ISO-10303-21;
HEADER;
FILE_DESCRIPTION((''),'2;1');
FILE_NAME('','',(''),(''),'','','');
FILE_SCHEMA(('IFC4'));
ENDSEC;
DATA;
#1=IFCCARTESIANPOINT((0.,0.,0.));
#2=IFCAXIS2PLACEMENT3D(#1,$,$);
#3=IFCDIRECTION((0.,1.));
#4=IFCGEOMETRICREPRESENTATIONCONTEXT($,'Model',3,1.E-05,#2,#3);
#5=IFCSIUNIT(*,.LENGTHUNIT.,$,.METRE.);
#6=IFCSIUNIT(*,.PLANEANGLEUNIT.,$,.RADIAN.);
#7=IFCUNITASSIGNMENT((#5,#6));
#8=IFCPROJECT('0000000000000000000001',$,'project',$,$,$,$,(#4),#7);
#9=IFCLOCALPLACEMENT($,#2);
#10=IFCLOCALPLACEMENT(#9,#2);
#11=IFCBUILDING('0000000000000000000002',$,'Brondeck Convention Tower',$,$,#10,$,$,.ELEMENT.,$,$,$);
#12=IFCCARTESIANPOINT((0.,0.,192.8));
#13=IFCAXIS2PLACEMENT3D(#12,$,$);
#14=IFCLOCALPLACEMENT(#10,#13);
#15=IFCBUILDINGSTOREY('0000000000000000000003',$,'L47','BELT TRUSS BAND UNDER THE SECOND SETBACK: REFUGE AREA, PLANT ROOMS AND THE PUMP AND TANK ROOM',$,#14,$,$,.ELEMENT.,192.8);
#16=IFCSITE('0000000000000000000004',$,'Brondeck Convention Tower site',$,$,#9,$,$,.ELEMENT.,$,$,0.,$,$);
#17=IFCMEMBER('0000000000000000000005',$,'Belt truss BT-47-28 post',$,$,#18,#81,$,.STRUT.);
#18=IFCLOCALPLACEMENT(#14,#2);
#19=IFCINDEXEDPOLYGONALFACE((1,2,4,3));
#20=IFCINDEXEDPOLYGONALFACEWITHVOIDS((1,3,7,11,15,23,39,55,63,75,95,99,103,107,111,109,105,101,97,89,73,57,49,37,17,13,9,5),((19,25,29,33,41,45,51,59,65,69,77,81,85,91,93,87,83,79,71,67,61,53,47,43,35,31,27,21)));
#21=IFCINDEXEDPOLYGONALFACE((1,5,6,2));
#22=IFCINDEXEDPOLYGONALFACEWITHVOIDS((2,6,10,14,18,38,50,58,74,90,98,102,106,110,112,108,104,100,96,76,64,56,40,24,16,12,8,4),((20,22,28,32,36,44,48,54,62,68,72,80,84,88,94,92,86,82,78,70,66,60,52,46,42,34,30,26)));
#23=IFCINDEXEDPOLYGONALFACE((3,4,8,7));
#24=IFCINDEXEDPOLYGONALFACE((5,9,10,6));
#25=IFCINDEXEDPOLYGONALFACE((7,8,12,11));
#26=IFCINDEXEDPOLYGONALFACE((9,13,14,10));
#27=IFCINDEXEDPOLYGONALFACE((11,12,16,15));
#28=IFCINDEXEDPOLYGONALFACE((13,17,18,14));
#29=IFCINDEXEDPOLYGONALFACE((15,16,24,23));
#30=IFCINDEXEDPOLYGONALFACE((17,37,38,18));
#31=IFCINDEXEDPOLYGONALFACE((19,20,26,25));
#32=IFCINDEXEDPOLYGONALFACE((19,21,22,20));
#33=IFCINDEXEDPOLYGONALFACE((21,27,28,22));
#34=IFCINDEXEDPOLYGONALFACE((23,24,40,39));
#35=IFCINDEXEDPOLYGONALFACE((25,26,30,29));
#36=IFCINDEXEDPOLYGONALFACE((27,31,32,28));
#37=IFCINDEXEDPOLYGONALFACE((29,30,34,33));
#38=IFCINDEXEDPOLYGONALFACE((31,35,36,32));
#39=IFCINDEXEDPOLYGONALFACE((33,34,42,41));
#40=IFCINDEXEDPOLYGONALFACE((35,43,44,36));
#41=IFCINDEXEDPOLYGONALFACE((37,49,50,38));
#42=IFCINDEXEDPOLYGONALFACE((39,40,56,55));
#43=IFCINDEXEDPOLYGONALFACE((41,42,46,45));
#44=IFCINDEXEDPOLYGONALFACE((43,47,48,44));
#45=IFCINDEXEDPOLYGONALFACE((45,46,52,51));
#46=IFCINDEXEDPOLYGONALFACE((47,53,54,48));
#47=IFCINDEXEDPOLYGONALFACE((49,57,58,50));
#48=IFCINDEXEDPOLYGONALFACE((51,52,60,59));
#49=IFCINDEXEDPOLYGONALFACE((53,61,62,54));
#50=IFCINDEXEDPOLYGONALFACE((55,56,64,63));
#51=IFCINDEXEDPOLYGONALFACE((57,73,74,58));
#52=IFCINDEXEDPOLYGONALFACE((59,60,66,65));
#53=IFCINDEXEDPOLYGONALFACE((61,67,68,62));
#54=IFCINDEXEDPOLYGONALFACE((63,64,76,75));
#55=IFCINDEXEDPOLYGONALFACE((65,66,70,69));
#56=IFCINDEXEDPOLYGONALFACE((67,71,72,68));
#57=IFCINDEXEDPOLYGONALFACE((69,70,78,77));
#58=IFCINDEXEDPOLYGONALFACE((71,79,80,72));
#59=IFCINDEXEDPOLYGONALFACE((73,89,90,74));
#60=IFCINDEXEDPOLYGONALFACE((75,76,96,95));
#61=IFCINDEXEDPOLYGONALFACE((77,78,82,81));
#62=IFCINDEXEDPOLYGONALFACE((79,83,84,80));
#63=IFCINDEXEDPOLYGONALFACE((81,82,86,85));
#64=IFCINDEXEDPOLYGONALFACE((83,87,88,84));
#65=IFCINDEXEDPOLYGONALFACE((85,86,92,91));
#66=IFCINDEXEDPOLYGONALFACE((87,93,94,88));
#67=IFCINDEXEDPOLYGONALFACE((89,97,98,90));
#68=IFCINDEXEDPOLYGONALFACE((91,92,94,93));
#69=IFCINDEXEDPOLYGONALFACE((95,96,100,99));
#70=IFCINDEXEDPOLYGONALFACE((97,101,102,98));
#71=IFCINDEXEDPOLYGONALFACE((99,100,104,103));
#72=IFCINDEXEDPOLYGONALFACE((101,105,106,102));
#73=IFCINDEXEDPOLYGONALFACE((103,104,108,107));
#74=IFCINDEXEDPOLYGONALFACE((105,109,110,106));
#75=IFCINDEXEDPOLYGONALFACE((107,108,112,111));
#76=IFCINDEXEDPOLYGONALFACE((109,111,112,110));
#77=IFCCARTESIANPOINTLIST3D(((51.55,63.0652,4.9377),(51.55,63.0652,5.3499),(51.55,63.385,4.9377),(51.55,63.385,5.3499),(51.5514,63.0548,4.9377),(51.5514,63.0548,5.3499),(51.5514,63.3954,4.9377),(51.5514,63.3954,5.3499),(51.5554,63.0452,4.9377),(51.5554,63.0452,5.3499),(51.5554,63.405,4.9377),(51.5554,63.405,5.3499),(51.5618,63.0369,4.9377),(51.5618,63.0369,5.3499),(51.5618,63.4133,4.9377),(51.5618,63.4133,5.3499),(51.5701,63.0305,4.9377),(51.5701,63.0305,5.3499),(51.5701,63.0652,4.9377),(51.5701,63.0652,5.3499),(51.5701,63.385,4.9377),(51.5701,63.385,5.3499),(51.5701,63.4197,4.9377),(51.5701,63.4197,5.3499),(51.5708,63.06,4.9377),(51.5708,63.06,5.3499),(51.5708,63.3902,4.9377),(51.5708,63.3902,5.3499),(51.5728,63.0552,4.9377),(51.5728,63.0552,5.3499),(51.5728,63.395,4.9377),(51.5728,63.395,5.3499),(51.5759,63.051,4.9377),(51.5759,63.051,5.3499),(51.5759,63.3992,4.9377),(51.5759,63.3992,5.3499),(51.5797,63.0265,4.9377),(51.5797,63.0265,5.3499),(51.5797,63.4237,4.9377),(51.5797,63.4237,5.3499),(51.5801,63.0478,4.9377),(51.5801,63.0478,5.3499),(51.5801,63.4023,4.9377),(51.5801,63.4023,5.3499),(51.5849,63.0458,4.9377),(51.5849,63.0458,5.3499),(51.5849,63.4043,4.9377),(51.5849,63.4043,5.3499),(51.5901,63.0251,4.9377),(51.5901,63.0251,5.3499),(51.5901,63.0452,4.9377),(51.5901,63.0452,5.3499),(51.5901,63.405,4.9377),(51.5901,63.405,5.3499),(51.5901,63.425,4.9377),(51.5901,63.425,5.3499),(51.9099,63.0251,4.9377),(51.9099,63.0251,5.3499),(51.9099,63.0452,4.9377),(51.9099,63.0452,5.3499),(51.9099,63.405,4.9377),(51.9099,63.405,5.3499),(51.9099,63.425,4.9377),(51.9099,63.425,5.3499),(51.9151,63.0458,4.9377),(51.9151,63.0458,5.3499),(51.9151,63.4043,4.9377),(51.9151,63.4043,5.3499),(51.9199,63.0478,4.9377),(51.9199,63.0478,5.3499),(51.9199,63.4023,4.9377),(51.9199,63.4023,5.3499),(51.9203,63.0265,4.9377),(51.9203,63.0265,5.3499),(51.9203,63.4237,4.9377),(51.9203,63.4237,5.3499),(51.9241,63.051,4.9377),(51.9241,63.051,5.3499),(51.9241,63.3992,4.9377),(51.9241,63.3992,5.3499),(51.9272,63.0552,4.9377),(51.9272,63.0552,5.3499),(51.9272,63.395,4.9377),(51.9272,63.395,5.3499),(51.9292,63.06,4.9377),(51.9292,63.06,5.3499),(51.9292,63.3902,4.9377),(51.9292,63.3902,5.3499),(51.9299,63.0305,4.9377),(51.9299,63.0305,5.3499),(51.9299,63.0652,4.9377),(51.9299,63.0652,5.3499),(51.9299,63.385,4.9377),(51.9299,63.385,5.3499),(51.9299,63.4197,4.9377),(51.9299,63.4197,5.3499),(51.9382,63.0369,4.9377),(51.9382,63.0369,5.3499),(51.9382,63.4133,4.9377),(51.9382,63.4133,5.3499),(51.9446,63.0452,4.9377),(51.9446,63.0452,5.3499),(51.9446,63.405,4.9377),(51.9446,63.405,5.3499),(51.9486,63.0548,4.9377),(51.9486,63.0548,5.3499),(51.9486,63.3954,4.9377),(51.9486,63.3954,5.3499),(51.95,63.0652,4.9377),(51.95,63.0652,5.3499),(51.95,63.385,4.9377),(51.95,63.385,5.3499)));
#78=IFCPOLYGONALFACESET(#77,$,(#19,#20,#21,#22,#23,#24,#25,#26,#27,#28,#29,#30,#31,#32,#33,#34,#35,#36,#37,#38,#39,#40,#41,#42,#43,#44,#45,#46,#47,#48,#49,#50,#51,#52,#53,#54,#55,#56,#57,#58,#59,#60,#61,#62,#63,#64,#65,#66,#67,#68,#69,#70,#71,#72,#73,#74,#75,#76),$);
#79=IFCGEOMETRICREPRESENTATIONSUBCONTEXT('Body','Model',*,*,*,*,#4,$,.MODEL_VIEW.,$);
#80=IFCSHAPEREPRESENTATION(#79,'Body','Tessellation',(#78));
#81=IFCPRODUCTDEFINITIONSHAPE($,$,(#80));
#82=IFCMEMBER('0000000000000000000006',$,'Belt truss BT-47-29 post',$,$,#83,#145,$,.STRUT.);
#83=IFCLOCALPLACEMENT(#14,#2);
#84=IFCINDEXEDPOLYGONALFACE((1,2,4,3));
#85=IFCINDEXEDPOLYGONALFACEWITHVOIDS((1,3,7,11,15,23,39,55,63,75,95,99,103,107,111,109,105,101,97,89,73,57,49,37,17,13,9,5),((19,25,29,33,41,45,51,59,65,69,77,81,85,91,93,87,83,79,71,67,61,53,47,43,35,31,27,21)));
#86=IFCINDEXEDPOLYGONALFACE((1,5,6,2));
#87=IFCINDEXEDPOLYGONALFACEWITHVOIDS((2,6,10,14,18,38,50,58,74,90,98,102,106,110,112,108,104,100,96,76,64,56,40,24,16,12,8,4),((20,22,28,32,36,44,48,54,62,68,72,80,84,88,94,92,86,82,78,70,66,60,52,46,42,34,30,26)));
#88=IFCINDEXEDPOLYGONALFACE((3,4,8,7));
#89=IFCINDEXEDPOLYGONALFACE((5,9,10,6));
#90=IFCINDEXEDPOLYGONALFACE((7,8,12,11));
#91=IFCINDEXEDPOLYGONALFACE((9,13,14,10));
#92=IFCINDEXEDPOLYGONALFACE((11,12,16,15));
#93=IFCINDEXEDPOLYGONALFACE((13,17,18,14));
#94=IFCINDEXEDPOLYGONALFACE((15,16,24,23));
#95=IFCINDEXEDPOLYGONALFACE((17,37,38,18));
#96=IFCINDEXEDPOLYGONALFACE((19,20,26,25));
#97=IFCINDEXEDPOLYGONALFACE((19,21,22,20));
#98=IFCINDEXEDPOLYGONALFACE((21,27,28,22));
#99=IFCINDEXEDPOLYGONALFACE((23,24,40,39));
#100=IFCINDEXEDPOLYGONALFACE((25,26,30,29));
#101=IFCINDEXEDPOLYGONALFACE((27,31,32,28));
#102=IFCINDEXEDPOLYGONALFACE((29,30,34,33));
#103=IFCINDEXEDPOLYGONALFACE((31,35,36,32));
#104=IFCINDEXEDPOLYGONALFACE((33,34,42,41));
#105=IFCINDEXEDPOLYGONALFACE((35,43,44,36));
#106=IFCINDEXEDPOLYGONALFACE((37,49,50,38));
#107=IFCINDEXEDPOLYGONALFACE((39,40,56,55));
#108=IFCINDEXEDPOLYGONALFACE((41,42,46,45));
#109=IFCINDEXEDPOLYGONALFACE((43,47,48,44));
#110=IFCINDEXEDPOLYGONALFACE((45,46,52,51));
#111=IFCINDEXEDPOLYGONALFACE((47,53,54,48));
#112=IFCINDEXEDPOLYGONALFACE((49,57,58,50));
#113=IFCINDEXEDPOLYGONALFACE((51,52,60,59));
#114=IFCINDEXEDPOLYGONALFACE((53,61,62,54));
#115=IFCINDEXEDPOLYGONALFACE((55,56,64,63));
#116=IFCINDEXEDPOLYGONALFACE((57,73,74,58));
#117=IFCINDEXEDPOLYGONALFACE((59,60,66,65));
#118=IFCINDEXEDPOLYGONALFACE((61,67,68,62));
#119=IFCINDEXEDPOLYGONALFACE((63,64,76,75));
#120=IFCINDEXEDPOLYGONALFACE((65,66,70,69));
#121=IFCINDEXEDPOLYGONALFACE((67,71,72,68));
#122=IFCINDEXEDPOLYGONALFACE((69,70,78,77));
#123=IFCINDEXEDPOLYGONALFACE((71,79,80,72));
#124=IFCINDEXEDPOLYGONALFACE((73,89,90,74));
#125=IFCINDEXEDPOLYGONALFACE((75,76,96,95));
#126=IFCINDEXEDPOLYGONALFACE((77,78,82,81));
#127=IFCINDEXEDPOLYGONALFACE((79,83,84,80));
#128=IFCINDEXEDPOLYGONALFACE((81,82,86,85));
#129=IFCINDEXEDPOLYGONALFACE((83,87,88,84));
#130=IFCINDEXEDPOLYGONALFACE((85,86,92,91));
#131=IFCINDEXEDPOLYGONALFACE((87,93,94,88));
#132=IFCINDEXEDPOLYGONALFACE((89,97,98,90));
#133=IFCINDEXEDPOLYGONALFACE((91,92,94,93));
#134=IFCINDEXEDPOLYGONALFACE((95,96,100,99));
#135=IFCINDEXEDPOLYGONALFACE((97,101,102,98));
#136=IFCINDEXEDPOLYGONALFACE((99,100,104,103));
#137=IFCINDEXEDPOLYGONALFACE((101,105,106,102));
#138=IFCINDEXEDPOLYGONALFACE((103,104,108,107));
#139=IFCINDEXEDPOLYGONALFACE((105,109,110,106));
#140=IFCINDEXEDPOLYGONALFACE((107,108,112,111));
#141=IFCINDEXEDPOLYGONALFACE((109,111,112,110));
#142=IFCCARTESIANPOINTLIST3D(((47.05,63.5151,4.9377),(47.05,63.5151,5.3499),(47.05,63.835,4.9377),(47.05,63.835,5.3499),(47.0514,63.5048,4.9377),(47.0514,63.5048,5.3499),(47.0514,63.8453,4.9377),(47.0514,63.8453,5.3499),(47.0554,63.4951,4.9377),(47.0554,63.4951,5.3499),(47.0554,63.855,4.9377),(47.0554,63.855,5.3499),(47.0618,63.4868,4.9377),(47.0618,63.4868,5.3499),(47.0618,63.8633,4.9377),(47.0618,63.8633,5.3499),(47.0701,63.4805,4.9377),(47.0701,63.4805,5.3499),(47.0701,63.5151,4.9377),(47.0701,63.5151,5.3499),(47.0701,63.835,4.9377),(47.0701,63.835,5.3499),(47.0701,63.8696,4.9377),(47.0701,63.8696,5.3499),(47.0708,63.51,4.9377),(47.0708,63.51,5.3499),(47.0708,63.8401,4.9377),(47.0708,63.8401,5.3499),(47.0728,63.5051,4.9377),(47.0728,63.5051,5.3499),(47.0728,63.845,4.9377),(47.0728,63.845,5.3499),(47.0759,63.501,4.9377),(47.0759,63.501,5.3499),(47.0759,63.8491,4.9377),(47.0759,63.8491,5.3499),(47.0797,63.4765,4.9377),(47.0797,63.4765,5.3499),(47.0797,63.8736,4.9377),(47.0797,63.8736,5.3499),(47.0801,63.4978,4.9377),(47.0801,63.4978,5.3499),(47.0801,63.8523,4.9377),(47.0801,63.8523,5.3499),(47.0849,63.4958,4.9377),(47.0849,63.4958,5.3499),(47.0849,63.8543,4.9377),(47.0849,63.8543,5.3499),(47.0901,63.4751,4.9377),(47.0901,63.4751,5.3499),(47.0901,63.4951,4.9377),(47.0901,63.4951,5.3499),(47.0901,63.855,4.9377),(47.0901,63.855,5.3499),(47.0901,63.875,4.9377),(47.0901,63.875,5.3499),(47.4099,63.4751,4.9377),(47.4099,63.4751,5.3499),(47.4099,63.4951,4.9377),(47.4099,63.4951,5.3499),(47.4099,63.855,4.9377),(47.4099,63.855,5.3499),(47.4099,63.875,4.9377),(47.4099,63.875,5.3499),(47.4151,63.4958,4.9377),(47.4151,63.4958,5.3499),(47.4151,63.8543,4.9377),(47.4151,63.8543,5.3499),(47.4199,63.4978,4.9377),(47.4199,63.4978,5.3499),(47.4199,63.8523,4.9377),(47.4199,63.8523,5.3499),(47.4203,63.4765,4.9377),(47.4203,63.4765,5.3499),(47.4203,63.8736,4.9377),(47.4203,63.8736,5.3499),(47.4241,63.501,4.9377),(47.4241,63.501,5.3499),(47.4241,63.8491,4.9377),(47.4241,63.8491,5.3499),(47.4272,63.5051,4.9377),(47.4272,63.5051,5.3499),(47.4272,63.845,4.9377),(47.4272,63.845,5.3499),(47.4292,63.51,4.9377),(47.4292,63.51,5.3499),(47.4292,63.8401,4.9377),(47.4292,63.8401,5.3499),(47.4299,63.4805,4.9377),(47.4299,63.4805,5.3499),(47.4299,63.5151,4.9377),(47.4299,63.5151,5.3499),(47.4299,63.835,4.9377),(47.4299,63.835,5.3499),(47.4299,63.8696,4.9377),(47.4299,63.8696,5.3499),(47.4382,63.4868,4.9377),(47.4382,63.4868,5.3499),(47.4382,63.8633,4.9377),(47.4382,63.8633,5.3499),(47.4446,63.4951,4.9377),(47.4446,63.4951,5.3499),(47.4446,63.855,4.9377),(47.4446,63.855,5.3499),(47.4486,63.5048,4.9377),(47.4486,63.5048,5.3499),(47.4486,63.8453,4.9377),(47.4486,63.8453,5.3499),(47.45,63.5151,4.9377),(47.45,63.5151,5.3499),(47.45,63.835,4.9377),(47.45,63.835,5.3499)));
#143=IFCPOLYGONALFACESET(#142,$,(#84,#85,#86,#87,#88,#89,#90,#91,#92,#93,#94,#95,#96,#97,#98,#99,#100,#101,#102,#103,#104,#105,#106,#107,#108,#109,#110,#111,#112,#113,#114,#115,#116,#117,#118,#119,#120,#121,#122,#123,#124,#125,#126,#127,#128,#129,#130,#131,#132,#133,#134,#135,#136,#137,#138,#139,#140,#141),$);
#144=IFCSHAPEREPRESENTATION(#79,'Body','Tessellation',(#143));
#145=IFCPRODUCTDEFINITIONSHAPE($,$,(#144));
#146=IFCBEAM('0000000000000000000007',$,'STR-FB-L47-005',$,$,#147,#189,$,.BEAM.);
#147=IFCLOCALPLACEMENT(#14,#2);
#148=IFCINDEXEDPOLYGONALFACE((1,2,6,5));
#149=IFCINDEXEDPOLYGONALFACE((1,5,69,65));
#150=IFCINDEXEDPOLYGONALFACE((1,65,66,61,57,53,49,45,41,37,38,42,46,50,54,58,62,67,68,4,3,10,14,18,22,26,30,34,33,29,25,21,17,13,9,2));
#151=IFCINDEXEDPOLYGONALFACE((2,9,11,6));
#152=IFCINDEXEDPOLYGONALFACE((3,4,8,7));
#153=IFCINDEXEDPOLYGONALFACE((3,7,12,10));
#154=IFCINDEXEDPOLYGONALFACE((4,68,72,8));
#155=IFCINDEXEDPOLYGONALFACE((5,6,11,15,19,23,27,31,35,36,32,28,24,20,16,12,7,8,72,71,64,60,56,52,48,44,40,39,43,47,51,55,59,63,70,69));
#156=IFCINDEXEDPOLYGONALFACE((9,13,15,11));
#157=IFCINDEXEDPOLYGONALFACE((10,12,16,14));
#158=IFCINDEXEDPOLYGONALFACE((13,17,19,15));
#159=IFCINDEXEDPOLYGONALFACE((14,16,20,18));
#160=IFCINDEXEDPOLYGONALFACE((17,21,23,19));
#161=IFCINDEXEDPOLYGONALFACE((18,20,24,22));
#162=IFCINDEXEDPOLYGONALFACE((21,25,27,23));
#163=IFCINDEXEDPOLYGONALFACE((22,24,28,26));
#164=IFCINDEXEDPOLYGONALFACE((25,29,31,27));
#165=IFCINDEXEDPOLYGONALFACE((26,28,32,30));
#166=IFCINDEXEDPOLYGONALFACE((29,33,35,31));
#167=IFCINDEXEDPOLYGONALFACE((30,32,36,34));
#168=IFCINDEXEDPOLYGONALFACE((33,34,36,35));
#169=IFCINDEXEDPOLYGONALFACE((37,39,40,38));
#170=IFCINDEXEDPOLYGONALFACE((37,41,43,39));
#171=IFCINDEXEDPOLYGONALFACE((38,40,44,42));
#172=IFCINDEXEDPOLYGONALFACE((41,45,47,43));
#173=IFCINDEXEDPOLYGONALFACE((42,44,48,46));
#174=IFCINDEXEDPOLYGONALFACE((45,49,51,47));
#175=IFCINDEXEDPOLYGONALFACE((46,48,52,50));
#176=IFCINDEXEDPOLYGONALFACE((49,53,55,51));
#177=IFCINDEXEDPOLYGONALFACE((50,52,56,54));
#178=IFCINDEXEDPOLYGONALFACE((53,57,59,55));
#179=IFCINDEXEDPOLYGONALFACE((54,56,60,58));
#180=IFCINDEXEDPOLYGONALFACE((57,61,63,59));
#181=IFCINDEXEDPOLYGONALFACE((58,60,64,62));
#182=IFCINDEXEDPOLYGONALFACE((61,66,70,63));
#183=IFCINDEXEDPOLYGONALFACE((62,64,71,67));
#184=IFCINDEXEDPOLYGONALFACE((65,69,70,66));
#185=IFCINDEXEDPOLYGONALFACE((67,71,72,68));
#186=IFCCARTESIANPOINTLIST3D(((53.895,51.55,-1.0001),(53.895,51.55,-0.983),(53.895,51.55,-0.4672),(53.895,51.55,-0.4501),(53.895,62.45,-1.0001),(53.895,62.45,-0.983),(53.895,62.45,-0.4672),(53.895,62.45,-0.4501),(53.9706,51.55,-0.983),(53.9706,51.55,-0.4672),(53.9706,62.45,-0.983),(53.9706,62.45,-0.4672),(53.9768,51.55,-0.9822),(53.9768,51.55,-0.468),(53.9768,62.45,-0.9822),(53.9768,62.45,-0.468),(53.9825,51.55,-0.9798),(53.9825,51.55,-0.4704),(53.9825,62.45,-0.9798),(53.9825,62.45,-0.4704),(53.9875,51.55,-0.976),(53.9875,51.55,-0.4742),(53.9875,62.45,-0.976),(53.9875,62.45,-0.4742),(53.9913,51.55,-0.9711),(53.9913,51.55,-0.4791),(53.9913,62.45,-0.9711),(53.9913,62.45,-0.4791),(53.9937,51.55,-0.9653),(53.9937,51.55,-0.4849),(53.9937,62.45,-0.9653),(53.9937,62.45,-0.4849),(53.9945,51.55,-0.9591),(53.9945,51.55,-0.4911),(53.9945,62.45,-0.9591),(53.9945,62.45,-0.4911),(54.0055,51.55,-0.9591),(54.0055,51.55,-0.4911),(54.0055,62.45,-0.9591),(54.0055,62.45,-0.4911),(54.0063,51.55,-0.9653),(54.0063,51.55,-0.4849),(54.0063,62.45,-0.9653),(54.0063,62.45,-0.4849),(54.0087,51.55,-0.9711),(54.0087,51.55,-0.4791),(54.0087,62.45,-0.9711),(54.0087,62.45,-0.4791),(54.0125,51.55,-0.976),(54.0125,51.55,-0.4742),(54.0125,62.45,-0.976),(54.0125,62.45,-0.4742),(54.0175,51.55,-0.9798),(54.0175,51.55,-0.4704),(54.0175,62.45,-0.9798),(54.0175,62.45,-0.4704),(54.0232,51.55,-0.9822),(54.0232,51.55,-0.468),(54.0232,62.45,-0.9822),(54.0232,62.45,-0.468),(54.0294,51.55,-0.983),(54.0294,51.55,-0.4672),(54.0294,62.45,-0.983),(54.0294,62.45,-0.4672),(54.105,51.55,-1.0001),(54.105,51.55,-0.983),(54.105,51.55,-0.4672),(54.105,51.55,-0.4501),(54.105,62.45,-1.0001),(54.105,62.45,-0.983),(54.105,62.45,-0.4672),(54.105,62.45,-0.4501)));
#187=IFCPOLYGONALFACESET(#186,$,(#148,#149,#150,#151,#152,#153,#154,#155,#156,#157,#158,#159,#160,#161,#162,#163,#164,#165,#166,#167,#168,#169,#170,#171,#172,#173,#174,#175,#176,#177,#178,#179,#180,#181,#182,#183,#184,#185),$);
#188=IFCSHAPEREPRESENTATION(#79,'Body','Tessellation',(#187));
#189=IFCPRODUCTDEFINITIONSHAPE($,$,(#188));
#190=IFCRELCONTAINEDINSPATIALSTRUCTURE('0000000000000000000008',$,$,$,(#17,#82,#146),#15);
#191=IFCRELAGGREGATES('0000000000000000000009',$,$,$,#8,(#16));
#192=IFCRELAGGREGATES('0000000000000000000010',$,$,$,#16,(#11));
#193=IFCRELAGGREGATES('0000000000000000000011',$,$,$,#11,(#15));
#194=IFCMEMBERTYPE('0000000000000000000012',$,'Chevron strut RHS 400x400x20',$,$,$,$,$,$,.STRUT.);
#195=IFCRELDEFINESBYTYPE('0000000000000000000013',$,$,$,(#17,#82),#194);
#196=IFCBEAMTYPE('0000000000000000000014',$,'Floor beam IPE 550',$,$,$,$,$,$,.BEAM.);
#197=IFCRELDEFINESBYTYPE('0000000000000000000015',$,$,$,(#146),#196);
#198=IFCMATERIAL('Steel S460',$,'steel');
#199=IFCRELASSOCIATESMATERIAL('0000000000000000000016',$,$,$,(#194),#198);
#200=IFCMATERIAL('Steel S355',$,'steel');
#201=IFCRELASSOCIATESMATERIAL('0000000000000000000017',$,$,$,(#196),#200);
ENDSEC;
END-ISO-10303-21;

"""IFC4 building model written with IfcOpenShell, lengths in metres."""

from ifc_helpers import new_model, si_unit, direction, frame, origin, origin_2d, place, context, subcontext, project, spatial, hollow_rectangle, i_section, extrude, material, material_profile, profile_set, type_object, element, save


model = new_model("IFC4")

# Units and contexts
model_context = context("Model", 3, precision=1e-05, world=origin(), true_north=direction((0.0, 1.0)))
body_context = subcontext(model_context, "Body", "Model", "MODEL_VIEW")
ifc_project = project(units=[si_unit("LENGTHUNIT", "METRE"), si_unit("PLANEANGLEUNIT", "RADIAN")], contexts=[model_context])

# Site, building, storey
site_placement = place(None, origin())
site = spatial("IfcSite", under=ifc_project, at=site_placement, Name="Brondeck Convention Tower site", CompositionType="ELEMENT", RefElevation=0.0)
building_placement = place(site_placement, origin())
building = spatial("IfcBuilding", under=site, at=building_placement, Name="Brondeck Convention Tower", CompositionType="ELEMENT")
storey_placement = place(building_placement, frame((0.0, 0.0, 192.8)))
storey = spatial("IfcBuildingStorey", under=building, at=storey_placement, Name="L47", Description="BELT TRUSS BAND UNDER THE SECOND SETBACK: REFUGE AREA, PLANT ROOMS AND THE PUMP AND TANK ROOM", CompositionType="ELEMENT", Elevation=192.8)

# Members
ifc_material_1 = material(Name="Steel S460", Category="steel")
ifc_material_profile_1 = material_profile(ifc_material_1, hollow_rectangle(XDim=0.3999, YDim=0.3999, WallThickness=0.02, InnerFilletRadius=0.02, OuterFilletRadius=0.04, at=origin_2d()), Name="RHS 400x400x20")
ifc_profile_set_1 = profile_set([ifc_material_profile_1], Name="Steel S460")
member_type_1 = type_object("IfcMemberType", Name="Chevron strut RHS 400x400x20", PredefinedType="STRUT", material=ifc_profile_set_1)
for number, where, z_axis, x_axis, name in (
    (1, (51.75, 63.2251, 4.9377), (0.0, 0.0, 1.0), (1.0, 0.0, 0.0), "Belt truss BT-47-28 post"),
    (2, (47.25, 63.675, 4.9377), (0.0, 0.0, 1.0), (1.0, 0.0, 0.0), "Belt truss BT-47-29 post"),
):
    element("IfcMember", number, at=place(storey_placement, frame(where, z_axis=z_axis, x_axis=x_axis)), inside=storey, type_object=member_type_1, Name=name, PredefinedType="STRUT", context=body_context, shape_type="SweptSolid", body=[
        extrude(hollow_rectangle(XDim=0.3999, YDim=0.3999, WallThickness=0.02, InnerFilletRadius=0.02, OuterFilletRadius=0.04, at=origin_2d()), origin(), (0.0, 0.0, 1.0), 0.4121),
    ])

# Beam
ifc_material_2 = material(Name="Steel S355", Category="steel")
ifc_material_profile_2 = material_profile(ifc_material_2, i_section(OverallWidth=0.21, OverallDepth=0.55, WebThickness=0.011, FlangeThickness=0.0171, FilletRadius=0.0239, at=origin_2d()), Name="IPE 550")
ifc_profile_set_2 = profile_set([ifc_material_profile_2], Name="Steel S355")
beam_type_1 = type_object("IfcBeamType", Name="Floor beam IPE 550", PredefinedType="BEAM", material=ifc_profile_set_2)
beam_1_placement = place(storey_placement, frame((54.0, 51.55, -0.7251), z_axis=(0.0, 1.0, 0.0), x_axis=(-1.0, 0.0, 0.0)))
element("IfcBeam", 3, at=beam_1_placement, inside=storey, type_object=beam_type_1, Name="STR-FB-L47-005", PredefinedType="BEAM", context=body_context, shape_type="SweptSolid", body=[
    extrude(i_section(OverallWidth=0.21, OverallDepth=0.55, WebThickness=0.011, FlangeThickness=0.0171, FilletRadius=0.0239, at=origin_2d()), origin(), (0.0, 0.0, 1.0), 10.8999),
])

save(model, "model.ifc")
